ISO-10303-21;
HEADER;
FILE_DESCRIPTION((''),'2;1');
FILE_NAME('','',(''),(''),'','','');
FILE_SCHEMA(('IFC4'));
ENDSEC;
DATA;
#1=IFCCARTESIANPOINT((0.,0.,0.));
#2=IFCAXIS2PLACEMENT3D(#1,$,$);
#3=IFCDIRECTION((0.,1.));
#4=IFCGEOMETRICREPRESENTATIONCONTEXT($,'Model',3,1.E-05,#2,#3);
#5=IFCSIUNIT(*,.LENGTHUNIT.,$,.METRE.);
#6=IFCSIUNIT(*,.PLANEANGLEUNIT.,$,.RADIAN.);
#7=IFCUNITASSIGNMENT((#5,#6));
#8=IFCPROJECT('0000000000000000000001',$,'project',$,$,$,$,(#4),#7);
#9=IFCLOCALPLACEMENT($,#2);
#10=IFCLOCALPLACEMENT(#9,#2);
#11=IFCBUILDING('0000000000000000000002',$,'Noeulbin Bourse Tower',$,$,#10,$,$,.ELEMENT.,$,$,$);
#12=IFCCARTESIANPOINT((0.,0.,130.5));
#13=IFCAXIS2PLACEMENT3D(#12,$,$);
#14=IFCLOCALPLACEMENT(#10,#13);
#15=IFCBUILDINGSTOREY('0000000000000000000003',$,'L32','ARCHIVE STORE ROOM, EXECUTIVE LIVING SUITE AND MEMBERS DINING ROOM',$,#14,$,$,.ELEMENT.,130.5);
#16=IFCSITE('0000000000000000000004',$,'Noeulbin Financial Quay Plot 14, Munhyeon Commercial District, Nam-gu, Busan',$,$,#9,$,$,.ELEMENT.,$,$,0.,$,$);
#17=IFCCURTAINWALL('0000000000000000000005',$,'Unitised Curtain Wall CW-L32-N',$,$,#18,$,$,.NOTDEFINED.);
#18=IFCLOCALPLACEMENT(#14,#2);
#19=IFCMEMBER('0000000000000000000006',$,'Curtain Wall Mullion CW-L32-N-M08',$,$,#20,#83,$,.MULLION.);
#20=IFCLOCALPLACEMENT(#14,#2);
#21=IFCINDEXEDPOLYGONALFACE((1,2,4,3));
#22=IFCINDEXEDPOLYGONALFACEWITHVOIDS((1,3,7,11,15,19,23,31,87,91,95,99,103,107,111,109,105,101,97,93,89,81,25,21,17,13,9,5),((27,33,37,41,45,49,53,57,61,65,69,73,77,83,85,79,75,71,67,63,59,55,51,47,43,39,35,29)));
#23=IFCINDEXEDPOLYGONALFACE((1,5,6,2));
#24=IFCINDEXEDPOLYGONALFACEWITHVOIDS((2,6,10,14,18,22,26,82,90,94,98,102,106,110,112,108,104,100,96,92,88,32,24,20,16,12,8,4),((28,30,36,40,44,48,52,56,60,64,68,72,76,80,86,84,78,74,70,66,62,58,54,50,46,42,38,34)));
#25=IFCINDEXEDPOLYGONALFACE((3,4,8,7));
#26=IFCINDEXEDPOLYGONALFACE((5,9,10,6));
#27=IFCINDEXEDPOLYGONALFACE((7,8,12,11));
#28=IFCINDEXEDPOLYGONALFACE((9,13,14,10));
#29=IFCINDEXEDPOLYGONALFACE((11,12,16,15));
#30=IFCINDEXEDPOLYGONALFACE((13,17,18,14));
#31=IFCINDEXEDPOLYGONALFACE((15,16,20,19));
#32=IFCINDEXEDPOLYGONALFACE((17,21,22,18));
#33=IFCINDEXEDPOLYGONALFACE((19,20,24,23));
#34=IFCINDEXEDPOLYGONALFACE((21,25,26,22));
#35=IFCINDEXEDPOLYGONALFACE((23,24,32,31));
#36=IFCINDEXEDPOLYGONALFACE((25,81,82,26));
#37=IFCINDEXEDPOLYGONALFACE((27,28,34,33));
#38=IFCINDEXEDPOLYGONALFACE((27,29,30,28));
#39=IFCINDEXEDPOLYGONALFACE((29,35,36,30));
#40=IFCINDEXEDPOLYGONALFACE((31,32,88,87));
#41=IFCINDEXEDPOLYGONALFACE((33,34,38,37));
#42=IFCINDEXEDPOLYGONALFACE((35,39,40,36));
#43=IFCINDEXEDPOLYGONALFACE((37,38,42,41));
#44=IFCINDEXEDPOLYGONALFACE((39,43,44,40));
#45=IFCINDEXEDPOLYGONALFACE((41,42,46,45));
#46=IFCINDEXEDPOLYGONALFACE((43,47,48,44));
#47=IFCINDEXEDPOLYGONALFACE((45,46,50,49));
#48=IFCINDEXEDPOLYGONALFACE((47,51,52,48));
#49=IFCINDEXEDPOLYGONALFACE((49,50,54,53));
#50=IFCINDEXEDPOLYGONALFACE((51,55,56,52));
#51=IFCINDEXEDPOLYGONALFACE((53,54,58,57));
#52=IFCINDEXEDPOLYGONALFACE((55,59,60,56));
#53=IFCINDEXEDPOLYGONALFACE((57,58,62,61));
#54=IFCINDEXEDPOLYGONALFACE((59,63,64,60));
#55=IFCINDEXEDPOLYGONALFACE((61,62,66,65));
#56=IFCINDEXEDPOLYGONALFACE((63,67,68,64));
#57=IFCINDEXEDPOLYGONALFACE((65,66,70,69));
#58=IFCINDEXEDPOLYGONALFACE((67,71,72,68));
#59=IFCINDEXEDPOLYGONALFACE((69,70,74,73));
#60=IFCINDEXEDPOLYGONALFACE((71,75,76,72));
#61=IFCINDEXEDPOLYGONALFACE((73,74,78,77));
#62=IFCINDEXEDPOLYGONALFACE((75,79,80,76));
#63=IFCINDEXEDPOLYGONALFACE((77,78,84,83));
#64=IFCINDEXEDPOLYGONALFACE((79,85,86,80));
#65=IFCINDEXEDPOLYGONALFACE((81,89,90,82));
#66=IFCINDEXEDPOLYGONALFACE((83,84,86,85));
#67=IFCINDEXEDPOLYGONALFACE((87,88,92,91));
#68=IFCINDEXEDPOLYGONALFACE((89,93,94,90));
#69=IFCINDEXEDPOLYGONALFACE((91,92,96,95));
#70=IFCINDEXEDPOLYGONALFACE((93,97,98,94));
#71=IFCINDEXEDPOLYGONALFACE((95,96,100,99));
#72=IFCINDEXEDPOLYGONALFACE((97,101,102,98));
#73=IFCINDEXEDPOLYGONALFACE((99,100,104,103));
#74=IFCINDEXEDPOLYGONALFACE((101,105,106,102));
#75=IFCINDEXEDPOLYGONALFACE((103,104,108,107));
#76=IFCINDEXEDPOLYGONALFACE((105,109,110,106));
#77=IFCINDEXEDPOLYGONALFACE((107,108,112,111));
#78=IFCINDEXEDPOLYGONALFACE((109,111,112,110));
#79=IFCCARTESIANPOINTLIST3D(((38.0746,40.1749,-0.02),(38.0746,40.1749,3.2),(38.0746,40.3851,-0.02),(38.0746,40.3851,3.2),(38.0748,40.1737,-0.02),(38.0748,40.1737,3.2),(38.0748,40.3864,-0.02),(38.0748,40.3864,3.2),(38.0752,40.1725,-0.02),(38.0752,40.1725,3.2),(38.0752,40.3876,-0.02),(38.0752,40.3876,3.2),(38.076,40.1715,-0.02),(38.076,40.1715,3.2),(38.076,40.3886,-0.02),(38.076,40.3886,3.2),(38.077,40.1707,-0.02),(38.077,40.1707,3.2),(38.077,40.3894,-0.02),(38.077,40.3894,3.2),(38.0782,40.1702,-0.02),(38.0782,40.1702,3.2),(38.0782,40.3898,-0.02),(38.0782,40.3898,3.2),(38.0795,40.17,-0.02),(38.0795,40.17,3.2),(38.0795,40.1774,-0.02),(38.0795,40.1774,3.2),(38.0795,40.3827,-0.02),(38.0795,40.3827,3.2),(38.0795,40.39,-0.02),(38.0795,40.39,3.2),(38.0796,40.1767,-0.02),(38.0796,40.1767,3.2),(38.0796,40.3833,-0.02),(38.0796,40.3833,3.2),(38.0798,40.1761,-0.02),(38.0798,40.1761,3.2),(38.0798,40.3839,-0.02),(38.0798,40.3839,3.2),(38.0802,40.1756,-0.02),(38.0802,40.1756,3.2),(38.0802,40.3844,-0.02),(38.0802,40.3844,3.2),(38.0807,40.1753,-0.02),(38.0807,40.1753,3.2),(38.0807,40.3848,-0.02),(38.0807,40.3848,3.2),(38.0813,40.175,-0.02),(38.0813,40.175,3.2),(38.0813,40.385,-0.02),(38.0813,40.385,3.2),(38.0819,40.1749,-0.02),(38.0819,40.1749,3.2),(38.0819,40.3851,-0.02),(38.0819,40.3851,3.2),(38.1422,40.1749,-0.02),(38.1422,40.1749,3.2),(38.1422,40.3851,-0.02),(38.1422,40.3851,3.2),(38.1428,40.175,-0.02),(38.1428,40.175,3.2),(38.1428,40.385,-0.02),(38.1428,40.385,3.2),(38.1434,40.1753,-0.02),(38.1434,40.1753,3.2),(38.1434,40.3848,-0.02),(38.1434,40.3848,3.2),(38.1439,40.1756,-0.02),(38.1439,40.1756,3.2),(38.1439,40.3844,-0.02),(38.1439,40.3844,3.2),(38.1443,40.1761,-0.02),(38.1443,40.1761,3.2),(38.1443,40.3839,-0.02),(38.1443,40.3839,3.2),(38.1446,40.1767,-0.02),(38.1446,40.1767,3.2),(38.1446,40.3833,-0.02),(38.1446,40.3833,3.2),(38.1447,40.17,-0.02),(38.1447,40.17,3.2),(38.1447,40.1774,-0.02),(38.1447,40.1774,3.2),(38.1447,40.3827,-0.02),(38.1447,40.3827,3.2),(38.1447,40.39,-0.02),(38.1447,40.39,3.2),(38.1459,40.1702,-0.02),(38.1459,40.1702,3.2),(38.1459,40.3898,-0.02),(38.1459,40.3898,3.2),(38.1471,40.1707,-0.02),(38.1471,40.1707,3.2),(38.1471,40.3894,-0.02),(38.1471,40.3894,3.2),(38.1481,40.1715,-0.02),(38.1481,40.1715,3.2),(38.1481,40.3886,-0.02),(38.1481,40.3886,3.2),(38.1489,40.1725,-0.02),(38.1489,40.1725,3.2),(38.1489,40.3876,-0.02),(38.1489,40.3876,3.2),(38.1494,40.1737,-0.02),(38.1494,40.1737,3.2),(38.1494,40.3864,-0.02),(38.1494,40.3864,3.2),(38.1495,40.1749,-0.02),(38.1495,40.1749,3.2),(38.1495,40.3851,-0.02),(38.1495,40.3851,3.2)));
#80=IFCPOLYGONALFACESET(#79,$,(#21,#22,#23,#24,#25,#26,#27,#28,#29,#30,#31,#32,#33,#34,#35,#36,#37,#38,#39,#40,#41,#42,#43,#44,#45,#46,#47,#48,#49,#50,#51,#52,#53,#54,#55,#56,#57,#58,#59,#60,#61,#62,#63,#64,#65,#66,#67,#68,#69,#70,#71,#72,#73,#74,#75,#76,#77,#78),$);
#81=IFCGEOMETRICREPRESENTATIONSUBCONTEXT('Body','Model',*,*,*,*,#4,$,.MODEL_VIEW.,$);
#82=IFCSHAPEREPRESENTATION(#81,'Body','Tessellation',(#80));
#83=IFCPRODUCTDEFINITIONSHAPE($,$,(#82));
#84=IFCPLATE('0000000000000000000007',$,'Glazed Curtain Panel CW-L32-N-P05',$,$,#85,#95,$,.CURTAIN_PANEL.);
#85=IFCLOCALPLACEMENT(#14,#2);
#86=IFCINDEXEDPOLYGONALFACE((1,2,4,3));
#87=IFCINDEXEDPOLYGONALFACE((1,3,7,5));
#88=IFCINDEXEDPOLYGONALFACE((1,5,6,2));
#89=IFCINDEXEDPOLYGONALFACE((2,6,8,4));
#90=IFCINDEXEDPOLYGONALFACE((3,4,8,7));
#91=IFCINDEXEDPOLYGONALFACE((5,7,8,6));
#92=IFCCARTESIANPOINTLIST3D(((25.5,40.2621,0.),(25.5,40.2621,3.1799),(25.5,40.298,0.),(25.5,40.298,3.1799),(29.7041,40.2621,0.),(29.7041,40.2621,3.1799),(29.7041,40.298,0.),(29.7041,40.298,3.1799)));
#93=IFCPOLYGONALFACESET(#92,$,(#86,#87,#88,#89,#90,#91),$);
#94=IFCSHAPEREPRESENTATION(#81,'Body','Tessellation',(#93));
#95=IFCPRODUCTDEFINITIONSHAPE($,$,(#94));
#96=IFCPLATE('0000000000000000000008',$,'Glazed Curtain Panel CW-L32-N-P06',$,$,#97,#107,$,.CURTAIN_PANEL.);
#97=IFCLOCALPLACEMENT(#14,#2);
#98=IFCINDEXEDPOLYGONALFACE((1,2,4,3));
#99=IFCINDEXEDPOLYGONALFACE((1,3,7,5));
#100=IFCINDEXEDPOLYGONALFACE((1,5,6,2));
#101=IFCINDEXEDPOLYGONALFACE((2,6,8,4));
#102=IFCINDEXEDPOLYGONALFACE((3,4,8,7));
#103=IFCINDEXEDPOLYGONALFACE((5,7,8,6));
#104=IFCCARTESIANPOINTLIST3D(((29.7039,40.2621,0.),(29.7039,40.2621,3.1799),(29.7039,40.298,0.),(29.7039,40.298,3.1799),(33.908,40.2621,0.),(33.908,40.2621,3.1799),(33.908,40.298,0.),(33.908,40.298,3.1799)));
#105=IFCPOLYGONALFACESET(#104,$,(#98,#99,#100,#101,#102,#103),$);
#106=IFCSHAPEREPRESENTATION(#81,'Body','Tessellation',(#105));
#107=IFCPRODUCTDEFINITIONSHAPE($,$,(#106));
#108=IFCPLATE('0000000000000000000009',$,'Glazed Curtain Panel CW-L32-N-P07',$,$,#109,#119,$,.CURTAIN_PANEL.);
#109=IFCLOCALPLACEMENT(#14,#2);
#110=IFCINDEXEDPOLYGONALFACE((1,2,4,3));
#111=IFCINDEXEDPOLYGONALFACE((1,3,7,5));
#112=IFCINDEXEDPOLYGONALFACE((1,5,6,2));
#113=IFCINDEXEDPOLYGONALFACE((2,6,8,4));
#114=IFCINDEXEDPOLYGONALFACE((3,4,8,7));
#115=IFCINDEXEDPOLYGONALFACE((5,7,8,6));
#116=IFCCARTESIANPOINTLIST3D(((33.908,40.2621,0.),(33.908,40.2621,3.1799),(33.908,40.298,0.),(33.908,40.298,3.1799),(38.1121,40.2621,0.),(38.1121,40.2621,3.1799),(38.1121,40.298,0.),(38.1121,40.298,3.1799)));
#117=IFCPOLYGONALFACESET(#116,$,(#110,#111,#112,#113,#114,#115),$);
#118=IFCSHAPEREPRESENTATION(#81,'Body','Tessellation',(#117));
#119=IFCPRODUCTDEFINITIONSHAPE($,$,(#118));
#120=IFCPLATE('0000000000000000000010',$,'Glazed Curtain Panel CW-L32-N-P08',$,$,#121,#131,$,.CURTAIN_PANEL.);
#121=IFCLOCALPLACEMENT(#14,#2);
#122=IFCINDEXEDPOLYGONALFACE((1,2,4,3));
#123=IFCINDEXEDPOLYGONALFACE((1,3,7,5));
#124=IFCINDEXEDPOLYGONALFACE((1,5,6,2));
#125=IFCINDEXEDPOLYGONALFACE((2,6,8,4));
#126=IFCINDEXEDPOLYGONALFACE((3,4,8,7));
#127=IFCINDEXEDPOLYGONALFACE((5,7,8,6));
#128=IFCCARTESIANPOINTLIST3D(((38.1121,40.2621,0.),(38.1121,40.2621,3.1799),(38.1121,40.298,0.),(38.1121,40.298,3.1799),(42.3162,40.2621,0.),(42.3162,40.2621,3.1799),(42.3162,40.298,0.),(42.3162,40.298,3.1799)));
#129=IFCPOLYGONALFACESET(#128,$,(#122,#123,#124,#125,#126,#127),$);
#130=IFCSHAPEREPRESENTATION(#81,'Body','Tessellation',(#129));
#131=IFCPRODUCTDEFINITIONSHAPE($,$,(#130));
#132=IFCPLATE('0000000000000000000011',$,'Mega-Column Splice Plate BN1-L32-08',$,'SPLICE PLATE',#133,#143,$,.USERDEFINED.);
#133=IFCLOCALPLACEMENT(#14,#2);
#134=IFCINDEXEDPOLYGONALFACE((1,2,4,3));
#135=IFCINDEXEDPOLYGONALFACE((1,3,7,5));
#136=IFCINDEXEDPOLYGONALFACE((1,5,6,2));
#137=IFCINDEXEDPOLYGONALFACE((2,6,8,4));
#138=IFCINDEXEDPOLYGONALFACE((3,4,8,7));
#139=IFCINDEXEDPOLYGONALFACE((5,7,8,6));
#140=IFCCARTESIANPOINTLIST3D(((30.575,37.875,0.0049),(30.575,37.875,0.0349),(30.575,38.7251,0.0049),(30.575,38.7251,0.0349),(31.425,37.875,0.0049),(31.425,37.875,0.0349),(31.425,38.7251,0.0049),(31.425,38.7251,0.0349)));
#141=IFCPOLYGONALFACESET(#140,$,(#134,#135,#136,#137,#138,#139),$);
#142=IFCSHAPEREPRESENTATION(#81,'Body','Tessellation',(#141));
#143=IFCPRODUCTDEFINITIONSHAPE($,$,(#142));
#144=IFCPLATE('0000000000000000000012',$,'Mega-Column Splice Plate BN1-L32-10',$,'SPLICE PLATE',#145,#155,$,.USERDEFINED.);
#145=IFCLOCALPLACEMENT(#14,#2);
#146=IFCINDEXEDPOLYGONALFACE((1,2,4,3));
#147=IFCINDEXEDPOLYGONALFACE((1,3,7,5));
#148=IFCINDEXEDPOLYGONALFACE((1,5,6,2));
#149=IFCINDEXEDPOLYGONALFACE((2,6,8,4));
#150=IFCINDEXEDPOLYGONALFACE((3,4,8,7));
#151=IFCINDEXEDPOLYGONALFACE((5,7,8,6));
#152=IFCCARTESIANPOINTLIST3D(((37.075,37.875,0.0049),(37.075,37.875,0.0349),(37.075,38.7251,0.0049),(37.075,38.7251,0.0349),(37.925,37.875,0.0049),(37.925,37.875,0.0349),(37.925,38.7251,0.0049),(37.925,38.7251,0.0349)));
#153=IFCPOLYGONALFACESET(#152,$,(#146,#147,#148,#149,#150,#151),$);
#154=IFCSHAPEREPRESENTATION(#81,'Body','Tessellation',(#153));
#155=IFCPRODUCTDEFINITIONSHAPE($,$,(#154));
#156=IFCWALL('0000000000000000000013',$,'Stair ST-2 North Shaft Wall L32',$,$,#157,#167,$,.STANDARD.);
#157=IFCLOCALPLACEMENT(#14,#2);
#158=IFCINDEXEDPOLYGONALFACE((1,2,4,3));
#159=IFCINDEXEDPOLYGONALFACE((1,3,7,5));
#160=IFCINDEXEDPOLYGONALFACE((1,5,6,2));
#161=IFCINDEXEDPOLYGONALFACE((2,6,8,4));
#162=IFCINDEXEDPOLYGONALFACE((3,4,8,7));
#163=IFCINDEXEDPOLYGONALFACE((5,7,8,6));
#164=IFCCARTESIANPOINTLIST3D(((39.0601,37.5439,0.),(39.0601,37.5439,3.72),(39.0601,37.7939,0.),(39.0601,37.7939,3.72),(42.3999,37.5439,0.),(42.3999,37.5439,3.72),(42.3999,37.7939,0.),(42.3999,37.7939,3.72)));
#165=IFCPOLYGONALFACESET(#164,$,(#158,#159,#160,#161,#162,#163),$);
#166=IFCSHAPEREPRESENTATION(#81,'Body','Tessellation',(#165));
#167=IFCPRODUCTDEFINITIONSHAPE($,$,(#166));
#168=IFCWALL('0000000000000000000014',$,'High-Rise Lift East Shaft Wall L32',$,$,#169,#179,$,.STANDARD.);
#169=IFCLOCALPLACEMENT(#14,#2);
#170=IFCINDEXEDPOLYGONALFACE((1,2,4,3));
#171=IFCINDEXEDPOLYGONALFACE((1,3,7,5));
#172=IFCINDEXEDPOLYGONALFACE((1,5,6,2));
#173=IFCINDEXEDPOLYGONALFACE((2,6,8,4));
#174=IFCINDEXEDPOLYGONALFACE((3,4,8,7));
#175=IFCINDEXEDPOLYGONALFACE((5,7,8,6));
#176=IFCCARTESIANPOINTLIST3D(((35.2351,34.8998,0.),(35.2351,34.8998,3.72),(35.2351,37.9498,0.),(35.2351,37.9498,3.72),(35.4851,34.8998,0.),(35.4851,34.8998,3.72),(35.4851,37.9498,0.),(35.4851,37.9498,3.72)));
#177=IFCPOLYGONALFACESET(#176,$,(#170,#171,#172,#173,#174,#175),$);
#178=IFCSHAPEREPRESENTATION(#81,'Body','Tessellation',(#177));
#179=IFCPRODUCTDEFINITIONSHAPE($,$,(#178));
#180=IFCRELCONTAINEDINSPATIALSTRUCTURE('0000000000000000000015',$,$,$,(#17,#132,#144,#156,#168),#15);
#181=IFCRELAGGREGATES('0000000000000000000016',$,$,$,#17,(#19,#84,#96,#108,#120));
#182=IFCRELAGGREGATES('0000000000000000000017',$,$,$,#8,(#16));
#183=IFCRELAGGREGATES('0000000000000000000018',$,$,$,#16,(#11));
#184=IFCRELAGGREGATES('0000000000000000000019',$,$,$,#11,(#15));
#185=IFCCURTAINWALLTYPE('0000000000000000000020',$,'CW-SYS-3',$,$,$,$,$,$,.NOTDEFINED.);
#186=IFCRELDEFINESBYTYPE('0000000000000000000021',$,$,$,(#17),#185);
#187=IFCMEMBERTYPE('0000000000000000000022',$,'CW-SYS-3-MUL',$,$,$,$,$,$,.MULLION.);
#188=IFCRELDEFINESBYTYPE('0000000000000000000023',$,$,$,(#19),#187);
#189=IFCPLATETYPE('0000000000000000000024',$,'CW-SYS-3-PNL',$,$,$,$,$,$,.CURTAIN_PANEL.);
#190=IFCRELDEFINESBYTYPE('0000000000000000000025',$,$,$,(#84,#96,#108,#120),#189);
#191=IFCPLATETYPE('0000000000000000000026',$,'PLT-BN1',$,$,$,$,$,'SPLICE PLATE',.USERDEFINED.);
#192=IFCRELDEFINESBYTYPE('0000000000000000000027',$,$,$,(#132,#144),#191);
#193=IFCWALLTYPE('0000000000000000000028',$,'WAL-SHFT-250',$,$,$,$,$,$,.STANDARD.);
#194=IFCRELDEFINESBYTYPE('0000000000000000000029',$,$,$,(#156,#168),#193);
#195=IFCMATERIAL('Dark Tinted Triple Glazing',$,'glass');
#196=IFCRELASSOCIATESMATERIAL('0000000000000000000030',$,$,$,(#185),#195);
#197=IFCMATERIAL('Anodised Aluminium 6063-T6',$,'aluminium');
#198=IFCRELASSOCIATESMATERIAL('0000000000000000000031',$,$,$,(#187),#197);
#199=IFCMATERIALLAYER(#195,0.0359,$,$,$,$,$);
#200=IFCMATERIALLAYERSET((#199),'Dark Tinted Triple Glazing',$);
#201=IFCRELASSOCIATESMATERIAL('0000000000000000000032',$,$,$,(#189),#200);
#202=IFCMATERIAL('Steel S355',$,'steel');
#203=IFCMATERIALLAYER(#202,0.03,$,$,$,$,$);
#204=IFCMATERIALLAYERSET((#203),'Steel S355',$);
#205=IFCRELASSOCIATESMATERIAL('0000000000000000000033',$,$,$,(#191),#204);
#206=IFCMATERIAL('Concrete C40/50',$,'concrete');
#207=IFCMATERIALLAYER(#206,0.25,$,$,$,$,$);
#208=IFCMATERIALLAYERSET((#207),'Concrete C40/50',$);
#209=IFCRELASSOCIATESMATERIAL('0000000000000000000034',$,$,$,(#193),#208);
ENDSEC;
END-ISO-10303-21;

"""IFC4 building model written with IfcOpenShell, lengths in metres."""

from ifc_helpers import new_model, si_unit, direction, frame, frame_2d, origin, origin_2d, place, context, subcontext, project, spatial, rectangle, hollow_rectangle, extrude, material, layer, layer_set, material_profile, profile_set, type_object, element, aggregate, save


model = new_model("IFC4")

# Units and contexts
model_context = context("Model", 3, precision=1e-05, world=origin(), true_north=direction((0.0, 1.0)))
body_context = subcontext(model_context, "Body", "Model", "MODEL_VIEW")
ifc_project = project(units=[si_unit("LENGTHUNIT", "METRE"), si_unit("PLANEANGLEUNIT", "RADIAN")], contexts=[model_context])

# Site, building, storey
site_placement = place(None, origin())
site = spatial("IfcSite", under=ifc_project, at=site_placement, Name="Noeulbin Financial Quay Plot 14, Munhyeon Commercial District, Nam-gu, Busan", CompositionType="ELEMENT", RefElevation=0.0)
building_placement = place(site_placement, origin())
building = spatial("IfcBuilding", under=site, at=building_placement, Name="Noeulbin Bourse Tower", CompositionType="ELEMENT")
storey_placement = place(building_placement, frame((0.0, 0.0, 130.5)))
storey = spatial("IfcBuildingStorey", under=building, at=storey_placement, Name="L32", Description="ARCHIVE STORE ROOM, EXECUTIVE LIVING SUITE AND MEMBERS DINING ROOM", CompositionType="ELEMENT", Elevation=130.5)

# Shared definitions
ifc_material_1 = material(Name="Steel S355", Category="steel")

# Curtain wall, member, plates
ifc_material_2 = material(Name="Dark Tinted Triple Glazing", Category="glass")
curtain_wall_type = type_object("IfcCurtainWallType", Name="CW-SYS-3", PredefinedType="NOTDEFINED", material=ifc_material_2)
curtain_wall_placement = place(storey_placement, origin())
curtain_wall = element("IfcCurtainWall", 1, at=curtain_wall_placement, inside=storey, type_object=curtain_wall_type, Name="Unitised Curtain Wall CW-L32-N", PredefinedType="NOTDEFINED")
ifc_material_3 = material(Name="Anodised Aluminium 6063-T6", Category="aluminium")
ifc_material_profile_1 = material_profile(ifc_material_3, hollow_rectangle(XDim=0.075, YDim=0.22, WallThickness=0.0049, InnerFilletRadius=0.0024, OuterFilletRadius=0.0049, at=origin_2d()), Name="ALU-MULL-75x220x5", Category="LoadBearing")
ifc_profile_set_1 = profile_set([ifc_material_profile_1], Name="Anodised Aluminium 6063-T6")
member_type = type_object("IfcMemberType", Name="CW-SYS-3-MUL", PredefinedType="MULLION", material=ifc_profile_set_1)
member_1_placement = place(storey_placement, frame((38.1121, 40.28, -0.02), z_axis=(0.0, 0.0, 1.0), x_axis=(1.0, 0.0, 0.0)))
member_1 = element("IfcMember", 2, at=member_1_placement, type_object=member_type, Name="Curtain Wall Mullion CW-L32-N-M08", PredefinedType="MULLION", context=body_context, shape_type="SweptSolid", body=[
    extrude(hollow_rectangle(XDim=0.075, YDim=0.22, WallThickness=0.0049, InnerFilletRadius=0.0024, OuterFilletRadius=0.0049, at=origin_2d()), origin(), (0.0, 0.0, 1.0), 3.22),
])
ifc_layer_1 = layer(ifc_material_2, 0.0359)
ifc_layer_set_1 = layer_set([ifc_layer_1], Name="Dark Tinted Triple Glazing")
plate_type_1 = type_object("IfcPlateType", Name="CW-SYS-3-PNL", PredefinedType="CURTAIN_PANEL", material=ifc_layer_set_1)
plate_1_placement = place(storey_placement, frame((27.6021, 40.28, 0.0), z_axis=(0.0, 0.0, 1.0), x_axis=(1.0, 0.0, 0.0)))
plate_1 = element("IfcPlate", 3, at=plate_1_placement, type_object=plate_type_1, Name="Glazed Curtain Panel CW-L32-N-P05", PredefinedType="CURTAIN_PANEL", context=body_context, shape_type="SweptSolid", body=[
    extrude(rectangle(XDim=4.2041, YDim=0.0359, at=origin_2d()), origin(), (0.0, 0.0, 1.0), 3.1799),
])
plate_2_placement = place(storey_placement, frame((31.8059, 40.28, 0.0), z_axis=(0.0, 0.0, 1.0), x_axis=(1.0, 0.0, 0.0)))
plate_2 = element("IfcPlate", 4, at=plate_2_placement, type_object=plate_type_1, Name="Glazed Curtain Panel CW-L32-N-P06", PredefinedType="CURTAIN_PANEL", context=body_context, shape_type="SweptSolid", body=[
    extrude(rectangle(XDim=4.2041, YDim=0.0359, at=origin_2d()), origin(), (0.0, 0.0, 1.0), 3.1799),
])
plate_3_placement = place(storey_placement, frame((36.01, 40.28, 0.0), z_axis=(0.0, 0.0, 1.0), x_axis=(1.0, 0.0, 0.0)))
plate_3 = element("IfcPlate", 5, at=plate_3_placement, type_object=plate_type_1, Name="Glazed Curtain Panel CW-L32-N-P07", PredefinedType="CURTAIN_PANEL", context=body_context, shape_type="SweptSolid", body=[
    extrude(rectangle(XDim=4.2041, YDim=0.0359, at=origin_2d()), origin(), (0.0, 0.0, 1.0), 3.1799),
])
plate_4_placement = place(storey_placement, frame((40.2141, 40.28, 0.0), z_axis=(0.0, 0.0, 1.0), x_axis=(1.0, 0.0, 0.0)))
plate_4 = element("IfcPlate", 6, at=plate_4_placement, type_object=plate_type_1, Name="Glazed Curtain Panel CW-L32-N-P08", PredefinedType="CURTAIN_PANEL", context=body_context, shape_type="SweptSolid", body=[
    extrude(rectangle(XDim=4.2041, YDim=0.0359, at=origin_2d()), origin(), (0.0, 0.0, 1.0), 3.1799),
])
aggregate(curtain_wall, [member_1, plate_1, plate_2, plate_3, plate_4])

# Plates
ifc_layer_2 = layer(ifc_material_1, 0.03)
ifc_layer_set_2 = layer_set([ifc_layer_2], Name="Steel S355")
plate_type_2 = type_object("IfcPlateType", Name="PLT-BN1", ElementType="SPLICE PLATE", PredefinedType="USERDEFINED", material=ifc_layer_set_2)
for number, where, z_axis, x_axis, name in (
    (7, (31.0, 38.3, 0.0049), (0.0, 0.0, 1.0), (1.0, 0.0, 0.0), "Mega-Column Splice Plate BN1-L32-08"),
    (8, (37.5, 38.3, 0.0049), (0.0, 0.0, 1.0), (1.0, 0.0, 0.0), "Mega-Column Splice Plate BN1-L32-10"),
):
    element("IfcPlate", number, at=place(storey_placement, frame(where, z_axis=z_axis, x_axis=x_axis)), inside=storey, type_object=plate_type_2, Name=name, ObjectType="SPLICE PLATE", PredefinedType="USERDEFINED", context=body_context, shape_type="SweptSolid", body=[
        extrude(rectangle(XDim=0.8501, YDim=0.8501, at=origin_2d()), origin(), (0.0, 0.0, 1.0), 0.03),
    ])

# Walls
ifc_material_4 = material(Name="Concrete C40/50", Category="concrete")
ifc_layer_3 = layer(ifc_material_4, 0.25)
ifc_layer_set_3 = layer_set([ifc_layer_3], Name="Concrete C40/50")
wall_type = type_object("IfcWallType", Name="WAL-SHFT-250", PredefinedType="STANDARD", material=ifc_layer_set_3)
wall_1_placement = place(storey_placement, frame((39.0601, 37.6689, 0.0), z_axis=(0.0, 0.0, 1.0), x_axis=(1.0, 0.0, 0.0)))
element("IfcWall", 9, at=wall_1_placement, inside=storey, type_object=wall_type, Name="Stair ST-2 North Shaft Wall L32", PredefinedType="STANDARD", context=body_context, shape_type="SweptSolid", body=[
    extrude(rectangle(XDim=3.3398, YDim=0.25, at=frame_2d((1.6699, 0.0))), origin(), (0.0, 0.0, 1.0), 3.72),
])
wall_2_placement = place(storey_placement, frame((35.3601, 34.8999, 0.0), z_axis=(0.0, 0.0, 1.0), x_axis=(0.0, 1.0, 0.0)))
element("IfcWall", 10, at=wall_2_placement, inside=storey, type_object=wall_type, Name="High-Rise Lift East Shaft Wall L32", PredefinedType="STANDARD", context=body_context, shape_type="SweptSolid", body=[
    extrude(rectangle(XDim=3.05, YDim=0.25, at=frame_2d((1.5249, 0.0))), origin(), (0.0, 0.0, 1.0), 3.72),
])

save(model, "model.ifc")
